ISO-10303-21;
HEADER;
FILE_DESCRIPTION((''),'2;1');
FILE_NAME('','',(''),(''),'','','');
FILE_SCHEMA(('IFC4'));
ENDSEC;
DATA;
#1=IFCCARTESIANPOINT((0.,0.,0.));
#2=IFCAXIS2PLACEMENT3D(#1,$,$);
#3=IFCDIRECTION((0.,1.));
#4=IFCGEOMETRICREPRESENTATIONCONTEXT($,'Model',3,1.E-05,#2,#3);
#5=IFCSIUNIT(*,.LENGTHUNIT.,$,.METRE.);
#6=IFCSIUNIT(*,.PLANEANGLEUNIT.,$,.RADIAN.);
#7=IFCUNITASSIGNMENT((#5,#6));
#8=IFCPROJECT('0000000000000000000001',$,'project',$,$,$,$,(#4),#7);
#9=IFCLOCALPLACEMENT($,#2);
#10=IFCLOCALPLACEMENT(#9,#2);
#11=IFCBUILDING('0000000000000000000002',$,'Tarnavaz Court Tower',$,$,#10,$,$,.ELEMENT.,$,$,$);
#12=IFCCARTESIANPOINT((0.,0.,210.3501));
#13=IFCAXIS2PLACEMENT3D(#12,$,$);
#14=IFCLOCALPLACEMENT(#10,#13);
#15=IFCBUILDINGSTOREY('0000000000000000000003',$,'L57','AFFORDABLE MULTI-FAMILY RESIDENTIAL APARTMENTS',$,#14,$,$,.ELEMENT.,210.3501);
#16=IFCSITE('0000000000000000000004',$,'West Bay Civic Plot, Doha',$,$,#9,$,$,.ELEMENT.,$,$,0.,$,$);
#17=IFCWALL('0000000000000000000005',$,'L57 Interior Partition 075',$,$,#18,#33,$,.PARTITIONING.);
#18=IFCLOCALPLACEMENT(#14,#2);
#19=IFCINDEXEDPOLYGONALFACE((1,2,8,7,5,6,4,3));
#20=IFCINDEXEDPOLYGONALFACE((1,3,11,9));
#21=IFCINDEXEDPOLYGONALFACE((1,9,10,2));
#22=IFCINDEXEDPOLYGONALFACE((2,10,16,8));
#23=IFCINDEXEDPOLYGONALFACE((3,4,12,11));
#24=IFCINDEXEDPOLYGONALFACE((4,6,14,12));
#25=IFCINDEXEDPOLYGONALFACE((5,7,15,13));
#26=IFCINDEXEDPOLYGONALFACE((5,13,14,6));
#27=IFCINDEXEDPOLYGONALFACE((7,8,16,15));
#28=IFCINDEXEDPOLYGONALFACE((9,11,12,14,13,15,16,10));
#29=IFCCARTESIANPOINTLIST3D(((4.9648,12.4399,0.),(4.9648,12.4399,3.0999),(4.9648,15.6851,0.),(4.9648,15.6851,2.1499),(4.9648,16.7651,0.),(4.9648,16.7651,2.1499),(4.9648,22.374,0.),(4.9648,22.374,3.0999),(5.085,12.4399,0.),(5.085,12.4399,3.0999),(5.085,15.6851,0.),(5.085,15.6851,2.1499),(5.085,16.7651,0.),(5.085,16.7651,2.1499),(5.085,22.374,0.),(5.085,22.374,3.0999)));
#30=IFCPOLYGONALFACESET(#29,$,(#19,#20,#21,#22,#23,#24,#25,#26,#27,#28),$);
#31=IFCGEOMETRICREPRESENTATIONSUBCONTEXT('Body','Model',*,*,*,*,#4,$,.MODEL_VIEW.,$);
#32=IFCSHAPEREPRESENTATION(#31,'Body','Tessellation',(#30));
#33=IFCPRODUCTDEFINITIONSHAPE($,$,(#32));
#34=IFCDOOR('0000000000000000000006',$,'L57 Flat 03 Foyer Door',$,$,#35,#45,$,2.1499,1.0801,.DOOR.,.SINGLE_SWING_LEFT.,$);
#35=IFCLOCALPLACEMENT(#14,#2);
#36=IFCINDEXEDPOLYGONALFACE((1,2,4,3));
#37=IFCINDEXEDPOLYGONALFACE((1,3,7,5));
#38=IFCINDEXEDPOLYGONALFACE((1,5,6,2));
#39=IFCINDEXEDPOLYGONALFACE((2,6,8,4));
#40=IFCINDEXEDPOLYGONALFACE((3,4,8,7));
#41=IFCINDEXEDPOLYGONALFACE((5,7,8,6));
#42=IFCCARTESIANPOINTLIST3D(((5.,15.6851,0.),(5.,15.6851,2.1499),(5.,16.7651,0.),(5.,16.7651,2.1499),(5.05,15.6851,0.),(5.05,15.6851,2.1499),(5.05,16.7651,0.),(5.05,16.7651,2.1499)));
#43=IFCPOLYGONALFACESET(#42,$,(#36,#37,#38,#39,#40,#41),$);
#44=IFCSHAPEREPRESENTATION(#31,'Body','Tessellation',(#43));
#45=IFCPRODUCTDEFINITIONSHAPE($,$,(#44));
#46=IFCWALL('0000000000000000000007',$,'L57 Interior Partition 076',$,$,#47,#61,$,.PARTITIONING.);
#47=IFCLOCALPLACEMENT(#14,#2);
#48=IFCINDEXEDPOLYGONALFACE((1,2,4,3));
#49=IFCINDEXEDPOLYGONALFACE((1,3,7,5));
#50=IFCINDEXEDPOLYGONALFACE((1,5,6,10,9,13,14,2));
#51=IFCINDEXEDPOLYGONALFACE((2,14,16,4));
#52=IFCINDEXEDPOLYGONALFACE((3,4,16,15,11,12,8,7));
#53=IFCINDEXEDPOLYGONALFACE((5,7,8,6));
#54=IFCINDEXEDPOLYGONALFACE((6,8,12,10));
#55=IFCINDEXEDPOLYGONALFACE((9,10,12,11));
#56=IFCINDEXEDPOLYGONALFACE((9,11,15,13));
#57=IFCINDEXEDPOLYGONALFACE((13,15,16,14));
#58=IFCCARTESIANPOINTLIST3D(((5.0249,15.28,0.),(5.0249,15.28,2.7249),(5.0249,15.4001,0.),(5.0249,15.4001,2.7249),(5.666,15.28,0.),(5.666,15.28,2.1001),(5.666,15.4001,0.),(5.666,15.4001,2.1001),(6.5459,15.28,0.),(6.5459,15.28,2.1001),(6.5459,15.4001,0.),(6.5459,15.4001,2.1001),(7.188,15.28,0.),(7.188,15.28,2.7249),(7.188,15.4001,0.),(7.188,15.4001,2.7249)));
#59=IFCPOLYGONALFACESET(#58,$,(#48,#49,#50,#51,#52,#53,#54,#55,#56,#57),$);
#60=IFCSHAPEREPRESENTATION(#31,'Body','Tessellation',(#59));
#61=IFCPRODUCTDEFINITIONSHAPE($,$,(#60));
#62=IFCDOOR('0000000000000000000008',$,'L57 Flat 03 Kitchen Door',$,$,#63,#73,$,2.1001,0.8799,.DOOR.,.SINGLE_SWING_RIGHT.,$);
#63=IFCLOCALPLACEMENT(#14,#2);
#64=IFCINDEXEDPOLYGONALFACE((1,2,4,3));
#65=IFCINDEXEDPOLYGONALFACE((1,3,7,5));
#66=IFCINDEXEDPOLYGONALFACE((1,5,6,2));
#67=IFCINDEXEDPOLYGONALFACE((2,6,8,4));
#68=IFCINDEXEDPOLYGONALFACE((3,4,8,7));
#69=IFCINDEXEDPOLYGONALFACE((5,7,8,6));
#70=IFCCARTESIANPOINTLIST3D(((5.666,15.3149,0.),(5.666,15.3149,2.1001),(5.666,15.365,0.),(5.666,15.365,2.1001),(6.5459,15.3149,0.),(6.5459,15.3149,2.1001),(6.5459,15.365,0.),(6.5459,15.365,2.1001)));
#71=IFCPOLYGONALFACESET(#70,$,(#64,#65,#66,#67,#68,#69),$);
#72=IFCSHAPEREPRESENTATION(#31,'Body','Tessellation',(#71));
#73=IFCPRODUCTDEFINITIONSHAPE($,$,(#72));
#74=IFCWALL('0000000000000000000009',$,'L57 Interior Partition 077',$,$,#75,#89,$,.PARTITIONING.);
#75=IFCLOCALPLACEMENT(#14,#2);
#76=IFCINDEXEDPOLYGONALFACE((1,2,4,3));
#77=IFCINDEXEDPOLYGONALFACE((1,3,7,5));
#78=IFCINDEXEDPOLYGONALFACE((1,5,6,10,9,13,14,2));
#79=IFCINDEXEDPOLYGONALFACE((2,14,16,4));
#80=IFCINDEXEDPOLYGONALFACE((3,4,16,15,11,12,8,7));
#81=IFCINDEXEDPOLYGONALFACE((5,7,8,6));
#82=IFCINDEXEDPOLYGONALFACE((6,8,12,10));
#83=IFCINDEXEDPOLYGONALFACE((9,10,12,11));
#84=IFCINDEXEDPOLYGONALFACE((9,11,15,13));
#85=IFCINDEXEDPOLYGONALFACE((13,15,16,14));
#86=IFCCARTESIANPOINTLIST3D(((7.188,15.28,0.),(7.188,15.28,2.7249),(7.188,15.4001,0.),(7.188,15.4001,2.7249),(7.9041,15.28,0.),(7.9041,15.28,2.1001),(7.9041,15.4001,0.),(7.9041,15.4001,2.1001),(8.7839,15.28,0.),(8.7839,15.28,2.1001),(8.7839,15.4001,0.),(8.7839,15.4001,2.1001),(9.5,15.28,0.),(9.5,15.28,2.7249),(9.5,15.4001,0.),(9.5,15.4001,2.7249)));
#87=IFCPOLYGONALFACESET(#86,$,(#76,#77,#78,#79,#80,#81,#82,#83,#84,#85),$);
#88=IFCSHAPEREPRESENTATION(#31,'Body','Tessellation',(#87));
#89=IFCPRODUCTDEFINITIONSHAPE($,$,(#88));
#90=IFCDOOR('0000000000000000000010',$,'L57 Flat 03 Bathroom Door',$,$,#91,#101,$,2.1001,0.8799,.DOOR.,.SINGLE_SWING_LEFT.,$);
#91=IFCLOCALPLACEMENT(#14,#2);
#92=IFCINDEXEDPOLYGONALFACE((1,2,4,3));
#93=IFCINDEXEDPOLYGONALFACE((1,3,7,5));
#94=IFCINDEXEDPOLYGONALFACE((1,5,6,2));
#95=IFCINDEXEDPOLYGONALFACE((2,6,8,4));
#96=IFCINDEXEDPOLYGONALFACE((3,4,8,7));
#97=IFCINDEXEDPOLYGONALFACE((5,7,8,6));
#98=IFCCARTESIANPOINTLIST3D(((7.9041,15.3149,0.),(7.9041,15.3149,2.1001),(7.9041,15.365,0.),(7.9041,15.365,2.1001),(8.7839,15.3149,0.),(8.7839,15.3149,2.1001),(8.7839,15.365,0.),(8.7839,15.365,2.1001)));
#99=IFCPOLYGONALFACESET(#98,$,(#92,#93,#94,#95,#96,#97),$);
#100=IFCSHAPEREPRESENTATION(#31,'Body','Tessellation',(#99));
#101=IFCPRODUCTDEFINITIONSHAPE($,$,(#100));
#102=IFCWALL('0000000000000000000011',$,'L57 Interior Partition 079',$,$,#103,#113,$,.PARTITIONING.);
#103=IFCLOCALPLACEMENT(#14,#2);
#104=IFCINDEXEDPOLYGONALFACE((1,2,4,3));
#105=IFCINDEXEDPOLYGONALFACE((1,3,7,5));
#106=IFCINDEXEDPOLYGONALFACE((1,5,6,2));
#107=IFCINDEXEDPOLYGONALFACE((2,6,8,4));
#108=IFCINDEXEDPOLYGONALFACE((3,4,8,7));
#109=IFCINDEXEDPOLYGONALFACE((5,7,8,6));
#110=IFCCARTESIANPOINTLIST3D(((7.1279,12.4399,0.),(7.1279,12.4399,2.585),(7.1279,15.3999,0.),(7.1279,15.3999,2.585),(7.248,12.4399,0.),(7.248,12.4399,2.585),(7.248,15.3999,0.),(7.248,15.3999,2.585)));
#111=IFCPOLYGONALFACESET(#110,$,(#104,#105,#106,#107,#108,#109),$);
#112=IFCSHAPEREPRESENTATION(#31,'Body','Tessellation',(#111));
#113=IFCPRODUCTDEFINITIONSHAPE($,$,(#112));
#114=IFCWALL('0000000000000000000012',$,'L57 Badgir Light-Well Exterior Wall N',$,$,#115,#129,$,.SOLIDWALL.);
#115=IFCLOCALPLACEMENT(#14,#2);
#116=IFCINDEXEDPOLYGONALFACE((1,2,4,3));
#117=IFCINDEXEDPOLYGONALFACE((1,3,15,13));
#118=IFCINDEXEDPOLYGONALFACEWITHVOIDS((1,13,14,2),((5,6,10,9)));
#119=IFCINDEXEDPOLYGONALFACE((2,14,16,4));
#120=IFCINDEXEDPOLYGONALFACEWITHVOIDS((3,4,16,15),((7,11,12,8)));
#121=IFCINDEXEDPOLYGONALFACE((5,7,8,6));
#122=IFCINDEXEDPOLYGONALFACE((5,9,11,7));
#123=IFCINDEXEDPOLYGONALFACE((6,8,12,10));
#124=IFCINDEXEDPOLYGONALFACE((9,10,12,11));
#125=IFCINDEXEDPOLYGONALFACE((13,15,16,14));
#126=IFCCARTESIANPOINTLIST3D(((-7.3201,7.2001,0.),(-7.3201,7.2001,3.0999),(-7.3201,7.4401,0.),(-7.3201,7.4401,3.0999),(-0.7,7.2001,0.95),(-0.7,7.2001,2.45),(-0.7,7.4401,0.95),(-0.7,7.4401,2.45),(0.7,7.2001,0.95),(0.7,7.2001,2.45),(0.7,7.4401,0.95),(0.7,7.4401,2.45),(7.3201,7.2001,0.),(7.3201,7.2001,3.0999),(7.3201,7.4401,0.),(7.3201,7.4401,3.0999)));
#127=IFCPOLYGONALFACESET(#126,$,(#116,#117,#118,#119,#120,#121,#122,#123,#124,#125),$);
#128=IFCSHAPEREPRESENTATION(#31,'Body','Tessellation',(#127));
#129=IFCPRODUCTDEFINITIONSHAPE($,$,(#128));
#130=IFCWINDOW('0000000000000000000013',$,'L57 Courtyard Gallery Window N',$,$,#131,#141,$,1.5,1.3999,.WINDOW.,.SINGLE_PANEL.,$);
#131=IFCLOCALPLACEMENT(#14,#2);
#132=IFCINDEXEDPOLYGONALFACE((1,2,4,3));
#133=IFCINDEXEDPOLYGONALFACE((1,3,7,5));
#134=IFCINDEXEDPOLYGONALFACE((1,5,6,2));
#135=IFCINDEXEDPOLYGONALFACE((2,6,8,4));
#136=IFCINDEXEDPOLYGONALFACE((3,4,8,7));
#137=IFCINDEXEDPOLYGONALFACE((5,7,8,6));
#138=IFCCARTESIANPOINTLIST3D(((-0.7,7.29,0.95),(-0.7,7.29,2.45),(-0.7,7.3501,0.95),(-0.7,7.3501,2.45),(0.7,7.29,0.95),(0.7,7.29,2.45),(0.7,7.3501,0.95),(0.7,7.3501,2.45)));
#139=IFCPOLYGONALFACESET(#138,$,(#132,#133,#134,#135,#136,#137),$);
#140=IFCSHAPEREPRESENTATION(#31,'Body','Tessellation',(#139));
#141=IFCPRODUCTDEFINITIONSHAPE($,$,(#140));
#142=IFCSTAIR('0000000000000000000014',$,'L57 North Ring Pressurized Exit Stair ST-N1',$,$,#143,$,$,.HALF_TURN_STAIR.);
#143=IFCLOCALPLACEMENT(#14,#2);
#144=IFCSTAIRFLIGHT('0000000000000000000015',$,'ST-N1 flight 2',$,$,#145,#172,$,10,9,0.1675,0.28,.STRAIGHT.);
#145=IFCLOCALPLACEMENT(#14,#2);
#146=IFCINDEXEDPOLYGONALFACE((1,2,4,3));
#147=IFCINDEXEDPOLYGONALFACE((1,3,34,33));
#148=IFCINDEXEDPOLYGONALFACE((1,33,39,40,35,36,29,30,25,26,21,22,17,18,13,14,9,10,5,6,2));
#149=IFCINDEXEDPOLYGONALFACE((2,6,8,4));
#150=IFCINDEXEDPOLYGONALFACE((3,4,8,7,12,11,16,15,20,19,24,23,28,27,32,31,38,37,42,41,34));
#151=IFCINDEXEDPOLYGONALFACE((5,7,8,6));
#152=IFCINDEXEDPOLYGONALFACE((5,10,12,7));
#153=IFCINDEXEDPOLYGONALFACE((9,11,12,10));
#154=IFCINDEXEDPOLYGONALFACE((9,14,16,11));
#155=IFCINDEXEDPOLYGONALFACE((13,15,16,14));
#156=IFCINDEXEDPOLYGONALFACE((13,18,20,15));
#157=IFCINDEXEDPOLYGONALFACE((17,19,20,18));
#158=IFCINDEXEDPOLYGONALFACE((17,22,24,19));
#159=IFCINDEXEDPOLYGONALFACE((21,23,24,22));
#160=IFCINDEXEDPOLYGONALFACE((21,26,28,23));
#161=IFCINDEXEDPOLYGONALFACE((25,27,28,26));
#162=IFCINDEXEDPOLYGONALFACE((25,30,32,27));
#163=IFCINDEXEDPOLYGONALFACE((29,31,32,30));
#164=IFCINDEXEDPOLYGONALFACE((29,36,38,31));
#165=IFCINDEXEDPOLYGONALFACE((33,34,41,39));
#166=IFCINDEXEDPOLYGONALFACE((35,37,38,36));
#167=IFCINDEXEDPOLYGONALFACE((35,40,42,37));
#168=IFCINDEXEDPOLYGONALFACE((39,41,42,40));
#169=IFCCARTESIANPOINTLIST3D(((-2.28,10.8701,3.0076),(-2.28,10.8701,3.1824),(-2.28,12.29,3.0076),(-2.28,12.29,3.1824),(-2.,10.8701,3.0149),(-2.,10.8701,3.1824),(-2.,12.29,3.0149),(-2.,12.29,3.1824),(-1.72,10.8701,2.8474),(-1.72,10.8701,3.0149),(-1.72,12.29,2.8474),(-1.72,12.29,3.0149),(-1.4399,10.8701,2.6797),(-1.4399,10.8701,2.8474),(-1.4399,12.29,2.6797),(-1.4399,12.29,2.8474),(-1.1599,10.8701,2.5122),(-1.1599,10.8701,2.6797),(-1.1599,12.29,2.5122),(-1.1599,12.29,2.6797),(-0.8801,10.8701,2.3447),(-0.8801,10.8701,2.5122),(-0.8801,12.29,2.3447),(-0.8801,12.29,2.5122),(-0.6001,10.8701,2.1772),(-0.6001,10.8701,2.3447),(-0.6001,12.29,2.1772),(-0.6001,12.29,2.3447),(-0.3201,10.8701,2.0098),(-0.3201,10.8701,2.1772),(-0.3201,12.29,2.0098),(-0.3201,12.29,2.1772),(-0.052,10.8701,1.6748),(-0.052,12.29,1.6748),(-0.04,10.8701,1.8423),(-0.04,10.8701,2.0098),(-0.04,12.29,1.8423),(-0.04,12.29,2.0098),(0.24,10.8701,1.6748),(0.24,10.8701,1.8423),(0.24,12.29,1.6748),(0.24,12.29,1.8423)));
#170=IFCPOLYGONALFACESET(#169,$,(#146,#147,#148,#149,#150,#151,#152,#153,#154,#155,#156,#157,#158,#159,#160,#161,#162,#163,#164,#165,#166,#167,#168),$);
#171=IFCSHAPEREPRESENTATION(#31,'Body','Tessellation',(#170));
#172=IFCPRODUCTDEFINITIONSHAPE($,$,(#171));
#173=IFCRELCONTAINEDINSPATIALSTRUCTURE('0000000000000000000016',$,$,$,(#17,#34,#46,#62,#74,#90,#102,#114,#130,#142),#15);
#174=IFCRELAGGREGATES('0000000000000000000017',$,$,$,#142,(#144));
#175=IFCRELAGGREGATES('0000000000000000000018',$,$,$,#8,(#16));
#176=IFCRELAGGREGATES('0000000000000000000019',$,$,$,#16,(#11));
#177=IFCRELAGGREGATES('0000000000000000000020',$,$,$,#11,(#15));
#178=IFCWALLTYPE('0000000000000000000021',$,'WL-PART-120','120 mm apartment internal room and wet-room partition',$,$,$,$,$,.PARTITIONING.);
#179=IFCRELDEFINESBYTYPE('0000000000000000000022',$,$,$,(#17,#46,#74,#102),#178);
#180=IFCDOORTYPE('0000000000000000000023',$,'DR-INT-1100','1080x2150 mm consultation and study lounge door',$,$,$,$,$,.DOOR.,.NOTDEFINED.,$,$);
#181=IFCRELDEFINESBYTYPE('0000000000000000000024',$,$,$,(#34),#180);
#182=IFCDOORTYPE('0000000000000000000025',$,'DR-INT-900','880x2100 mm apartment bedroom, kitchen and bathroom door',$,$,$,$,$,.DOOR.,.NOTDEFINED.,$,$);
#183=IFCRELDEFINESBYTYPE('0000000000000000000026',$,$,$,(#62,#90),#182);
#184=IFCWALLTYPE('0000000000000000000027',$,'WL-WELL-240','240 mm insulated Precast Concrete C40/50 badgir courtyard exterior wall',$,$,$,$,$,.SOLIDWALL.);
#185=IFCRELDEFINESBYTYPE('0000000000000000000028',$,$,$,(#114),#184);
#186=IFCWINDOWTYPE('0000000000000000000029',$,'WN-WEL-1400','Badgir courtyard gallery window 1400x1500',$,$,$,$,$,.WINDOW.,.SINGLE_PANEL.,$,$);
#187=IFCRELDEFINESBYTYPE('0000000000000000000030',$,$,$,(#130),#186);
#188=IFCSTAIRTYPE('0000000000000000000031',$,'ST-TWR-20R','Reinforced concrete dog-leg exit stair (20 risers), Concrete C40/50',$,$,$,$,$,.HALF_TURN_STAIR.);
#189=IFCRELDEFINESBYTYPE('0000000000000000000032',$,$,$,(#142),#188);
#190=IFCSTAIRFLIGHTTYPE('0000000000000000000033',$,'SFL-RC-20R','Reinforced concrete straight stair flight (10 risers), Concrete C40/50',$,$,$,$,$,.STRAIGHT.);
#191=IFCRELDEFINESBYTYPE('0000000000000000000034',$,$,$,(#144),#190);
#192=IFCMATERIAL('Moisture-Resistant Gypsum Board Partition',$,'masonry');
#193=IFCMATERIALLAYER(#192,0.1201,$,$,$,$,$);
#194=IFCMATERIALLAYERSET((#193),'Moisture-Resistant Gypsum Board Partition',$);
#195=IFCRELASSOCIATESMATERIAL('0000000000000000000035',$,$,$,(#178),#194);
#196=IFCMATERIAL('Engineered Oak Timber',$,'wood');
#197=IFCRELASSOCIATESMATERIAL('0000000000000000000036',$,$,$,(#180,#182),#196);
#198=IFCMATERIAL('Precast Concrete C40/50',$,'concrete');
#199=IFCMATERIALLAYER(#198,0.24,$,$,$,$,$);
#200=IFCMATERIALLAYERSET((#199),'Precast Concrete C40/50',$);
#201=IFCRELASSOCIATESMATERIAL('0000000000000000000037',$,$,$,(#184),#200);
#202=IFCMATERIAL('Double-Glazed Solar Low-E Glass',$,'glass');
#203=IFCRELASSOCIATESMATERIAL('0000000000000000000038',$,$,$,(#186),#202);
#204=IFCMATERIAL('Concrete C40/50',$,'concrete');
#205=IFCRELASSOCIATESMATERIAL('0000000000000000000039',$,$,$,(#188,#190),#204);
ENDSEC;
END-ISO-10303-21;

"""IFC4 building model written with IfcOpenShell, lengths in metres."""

from ifc_helpers import new_model, si_unit, direction, frame, frame_2d, origin, place, context, subcontext, project, spatial, polyline, rectangle, outline, extrude, material, layer, layer_set, type_object, element, fill, aggregate, save


model = new_model("IFC4")

# Units and contexts
model_context = context("Model", 3, precision=1e-05, world=origin(), true_north=direction((0.0, 1.0)))
body_context = subcontext(model_context, "Body", "Model", "MODEL_VIEW")
ifc_project = project(units=[si_unit("LENGTHUNIT", "METRE"), si_unit("PLANEANGLEUNIT", "RADIAN")], contexts=[model_context])

# Site, building, storey
site_placement = place(None, origin())
site = spatial("IfcSite", under=ifc_project, at=site_placement, Name="West Bay Civic Plot, Doha", CompositionType="ELEMENT", RefElevation=0.0)
building_placement = place(site_placement, origin())
building = spatial("IfcBuilding", under=site, at=building_placement, Name="Tarnavaz Court Tower", CompositionType="ELEMENT")
storey_placement = place(building_placement, frame((0.0, 0.0, 210.3501)))
storey = spatial("IfcBuildingStorey", under=building, at=storey_placement, Name="L57", Description="AFFORDABLE MULTI-FAMILY RESIDENTIAL APARTMENTS", CompositionType="ELEMENT", Elevation=210.3501)

# Walls, openings, doors
ifc_material_1 = material(Name="Moisture-Resistant Gypsum Board Partition", Category="masonry")
ifc_layer_1 = layer(ifc_material_1, 0.1201)
ifc_layer_set_1 = layer_set([ifc_layer_1], Name="Moisture-Resistant Gypsum Board Partition")
wall_type_1 = type_object("IfcWallType", Name="WL-PART-120", Description="120 mm apartment internal room and wet-room partition", PredefinedType="PARTITIONING", material=ifc_layer_set_1)
wall_1_placement = place(storey_placement, frame((5.0249, 12.4399, 0.0), z_axis=(0.0, 0.0, 1.0), x_axis=(0.0, 1.0, 0.0)))
wall_1 = element("IfcWall", 1, at=wall_1_placement, inside=storey, type_object=wall_type_1, Name="L57 Interior Partition 075", PredefinedType="PARTITIONING", context=body_context, shape_type="SweptSolid", body=[
    extrude(rectangle(XDim=9.9341, YDim=0.1201, at=frame_2d((4.967, 0.0))), origin(), (0.0, 0.0, 1.0), 3.0999),
])
opening_1_placement = place(wall_1_placement, frame((3.2451, 0.0, 0.0)))
opening_1 = element("IfcOpeningElement", 2, at=opening_1_placement, cuts=wall_1, PredefinedType="OPENING", context=body_context, shape_type="SweptSolid", body=[
    extrude(rectangle(XDim=1.0801, YDim=2.1499, at=frame_2d((0.54, 1.075))), frame((0.0, 0.0701, 0.0), z_axis=(0.0, -1.0, 0.0), x_axis=(1.0, 0.0, 0.0)), (0.0, 0.0, 1.0), 0.1401),
])
ifc_material_2 = material(Name="Engineered Oak Timber", Category="wood")
door_type_1 = type_object("IfcDoorType", Name="DR-INT-1100", Description="1080x2150 mm consultation and study lounge door", OperationType="NOTDEFINED", PredefinedType="DOOR", material=ifc_material_2)
door_1_placement = place(opening_1_placement, origin())
door_1 = element("IfcDoor", 3, at=door_1_placement, inside=storey, type_object=door_type_1, Name="L57 Flat 03 Foyer Door", OperationType="SINGLE_SWING_LEFT", OverallHeight=2.1499, OverallWidth=1.0801, PredefinedType="DOOR", context=body_context, shape_type="SweptSolid", body=[
    extrude(rectangle(XDim=1.0801, YDim=2.1499, at=frame_2d((0.54, 1.075))), frame((0.0, 0.0249, 0.0), z_axis=(0.0, -1.0, 0.0), x_axis=(1.0, 0.0, 0.0)), (0.0, 0.0, 1.0), 0.05),
])
fill(opening_1, door_1)
wall_2_placement = place(storey_placement, frame((5.0249, 15.3401, 0.0), z_axis=(0.0, 0.0, 1.0), x_axis=(1.0, 0.0, 0.0)))
wall_2 = element("IfcWall", 4, at=wall_2_placement, inside=storey, type_object=wall_type_1, Name="L57 Interior Partition 076", PredefinedType="PARTITIONING", context=body_context, shape_type="SweptSolid", body=[
    extrude(rectangle(XDim=2.1631, YDim=0.1201, at=frame_2d((1.0815, 0.0))), origin(), (0.0, 0.0, 1.0), 2.7249),
])
opening_2_placement = place(wall_2_placement, frame((0.6411, 0.0, 0.0)))
opening_2 = element("IfcOpeningElement", 5, at=opening_2_placement, cuts=wall_2, PredefinedType="OPENING", context=body_context, shape_type="SweptSolid", body=[
    extrude(rectangle(XDim=0.8799, YDim=2.1001, at=frame_2d((0.4399, 1.05))), frame((0.0, 0.0701, 0.0), z_axis=(0.0, -1.0, 0.0), x_axis=(1.0, 0.0, 0.0)), (0.0, 0.0, 1.0), 0.1401),
])
door_type_2 = type_object("IfcDoorType", Name="DR-INT-900", Description="880x2100 mm apartment bedroom, kitchen and bathroom door", OperationType="NOTDEFINED", PredefinedType="DOOR", material=ifc_material_2)
door_2_placement = place(opening_2_placement, origin())
door_2 = element("IfcDoor", 6, at=door_2_placement, inside=storey, type_object=door_type_2, Name="L57 Flat 03 Kitchen Door", OperationType="SINGLE_SWING_RIGHT", OverallHeight=2.1001, OverallWidth=0.8799, PredefinedType="DOOR", context=body_context, shape_type="SweptSolid", body=[
    extrude(rectangle(XDim=0.8799, YDim=2.1001, at=frame_2d((0.4399, 1.05))), frame((0.0, 0.0249, 0.0), z_axis=(0.0, -1.0, 0.0), x_axis=(1.0, 0.0, 0.0)), (0.0, 0.0, 1.0), 0.05),
])
fill(opening_2, door_2)
wall_3_placement = place(storey_placement, frame((7.188, 15.3401, 0.0), z_axis=(0.0, 0.0, 1.0), x_axis=(1.0, 0.0, 0.0)))
wall_3 = element("IfcWall", 7, at=wall_3_placement, inside=storey, type_object=wall_type_1, Name="L57 Interior Partition 077", PredefinedType="PARTITIONING", context=body_context, shape_type="SweptSolid", body=[
    extrude(rectangle(XDim=2.312, YDim=0.1201, at=frame_2d((1.156, 0.0))), origin(), (0.0, 0.0, 1.0), 2.7249),
])
opening_3_placement = place(wall_3_placement, frame((0.7161, 0.0, 0.0)))
opening_3 = element("IfcOpeningElement", 8, at=opening_3_placement, cuts=wall_3, PredefinedType="OPENING", context=body_context, shape_type="SweptSolid", body=[
    extrude(rectangle(XDim=0.8799, YDim=2.1001, at=frame_2d((0.4399, 1.05))), frame((0.0, 0.0701, 0.0), z_axis=(0.0, -1.0, 0.0), x_axis=(1.0, 0.0, 0.0)), (0.0, 0.0, 1.0), 0.1401),
])
door_3_placement = place(opening_3_placement, origin())
door_3 = element("IfcDoor", 9, at=door_3_placement, inside=storey, type_object=door_type_2, Name="L57 Flat 03 Bathroom Door", OperationType="SINGLE_SWING_LEFT", OverallHeight=2.1001, OverallWidth=0.8799, PredefinedType="DOOR", context=body_context, shape_type="SweptSolid", body=[
    extrude(rectangle(XDim=0.8799, YDim=2.1001, at=frame_2d((0.4399, 1.05))), frame((0.0, 0.0249, 0.0), z_axis=(0.0, -1.0, 0.0), x_axis=(1.0, 0.0, 0.0)), (0.0, 0.0, 1.0), 0.05),
])
fill(opening_3, door_3)

# Wall
wall_4_placement = place(storey_placement, frame((7.188, 12.4399, 0.0), z_axis=(0.0, 0.0, 1.0), x_axis=(0.0, 1.0, 0.0)))
element("IfcWall", 10, at=wall_4_placement, inside=storey, type_object=wall_type_1, Name="L57 Interior Partition 079", PredefinedType="PARTITIONING", context=body_context, shape_type="SweptSolid", body=[
    extrude(rectangle(XDim=2.96, YDim=0.1201, at=frame_2d((1.48, 0.0))), origin(), (0.0, 0.0, 1.0), 2.585),
])

# Wall, opening, window
ifc_material_3 = material(Name="Precast Concrete C40/50", Category="concrete")
ifc_layer_2 = layer(ifc_material_3, 0.24)
ifc_layer_set_2 = layer_set([ifc_layer_2], Name="Precast Concrete C40/50")
wall_type_2 = type_object("IfcWallType", Name="WL-WELL-240", Description="240 mm insulated Precast Concrete C40/50 badgir courtyard exterior wall", PredefinedType="SOLIDWALL", material=ifc_layer_set_2)
wall_5_placement = place(storey_placement, frame((7.3201, 7.3201, 0.0), z_axis=(0.0, 0.0, 1.0), x_axis=(-1.0, 0.0, 0.0)))
wall_5 = element("IfcWall", 11, at=wall_5_placement, inside=storey, type_object=wall_type_2, Name="L57 Badgir Light-Well Exterior Wall N", PredefinedType="SOLIDWALL", context=body_context, shape_type="SweptSolid", body=[
    extrude(rectangle(XDim=14.6401, YDim=0.24, at=frame_2d((7.3201, 0.0))), origin(), (0.0, 0.0, 1.0), 3.0999),
])
opening_4_placement = place(wall_5_placement, frame((6.6201, 0.0, 0.95)))
opening_4 = element("IfcOpeningElement", 12, at=opening_4_placement, cuts=wall_5, PredefinedType="OPENING", context=body_context, shape_type="SweptSolid", body=[
    extrude(rectangle(XDim=1.3999, YDim=1.5, at=frame_2d((0.7, 0.75))), frame((0.0, 0.1299, 0.0), z_axis=(0.0, -1.0, 0.0), x_axis=(1.0, 0.0, 0.0)), (0.0, 0.0, 1.0), 0.26),
])
ifc_material_4 = material(Name="Double-Glazed Solar Low-E Glass", Category="glass")
window_type = type_object("IfcWindowType", Name="WN-WEL-1400", Description="Badgir courtyard gallery window 1400x1500", PartitioningType="SINGLE_PANEL", PredefinedType="WINDOW", material=ifc_material_4)
window_placement = place(opening_4_placement, origin())
window = element("IfcWindow", 13, at=window_placement, inside=storey, type_object=window_type, Name="L57 Courtyard Gallery Window N", OverallHeight=1.5, OverallWidth=1.3999, PartitioningType="SINGLE_PANEL", PredefinedType="WINDOW", context=body_context, shape_type="SweptSolid", body=[
    extrude(rectangle(XDim=1.3999, YDim=1.5, at=frame_2d((0.7, 0.75))), frame((0.0, 0.03, 0.0), z_axis=(0.0, -1.0, 0.0), x_axis=(1.0, 0.0, 0.0)), (0.0, 0.0, 1.0), 0.0601),
])
fill(opening_4, window)

# Stair, stair flight
ifc_material_5 = material(Name="Concrete C40/50", Category="concrete")
stair_type = type_object("IfcStairType", Name="ST-TWR-20R", Description="Reinforced concrete dog-leg exit stair (20 risers), Concrete C40/50", PredefinedType="HALF_TURN_STAIR", material=ifc_material_5)
stair_placement = place(storey_placement, origin())
stair = element("IfcStair", 14, at=stair_placement, inside=storey, type_object=stair_type, Name="L57 North Ring Pressurized Exit Stair ST-N1", PredefinedType="HALF_TURN_STAIR")
stair_flight_type = type_object("IfcStairFlightType", Name="SFL-RC-20R", Description="Reinforced concrete straight stair flight (10 risers), Concrete C40/50", PredefinedType="STRAIGHT", material=ifc_material_5)
stair_flight_placement = place(storey_placement, frame((0.24, 11.5801, 1.6748), z_axis=(0.0, 0.0, 1.0), x_axis=(-1.0, 0.0, 0.0)))
stair_flight = element("IfcStairFlight", 15, at=stair_flight_placement, type_object=stair_flight_type, Name="ST-N1 flight 2", NumberOfRisers=10, NumberOfTreads=9, PredefinedType="STRAIGHT", RiserHeight=0.1675, TreadLength=0.28, context=body_context, shape_type="SweptSolid", body=[
    extrude(outline(polyline([(0.0, 0.0), (0.0, 0.1675), (0.28, 0.1675), (0.28, 0.335), (0.5601, 0.335), (0.5601, 0.5024), (0.8401, 0.5024), (0.8401, 0.6699), (1.1201, 0.6699), (1.1201, 0.8374), (1.3999, 0.8374), (1.3999, 1.0049), (1.6799, 1.0049), (1.6799, 1.1726), (1.96, 1.1726), (1.96, 1.3401), (2.24, 1.3401), (2.24, 1.5076), (2.52, 1.5076), (2.52, 1.675), (2.52, 1.3328), (0.292, 0.0), (0.0, 0.0)])), frame((0.0, 0.71, 0.0), z_axis=(0.0, -1.0, 0.0), x_axis=(1.0, 0.0, 0.0)), (0.0, 0.0, 1.0), 1.4199),
])
aggregate(stair, [stair_flight])

save(model, "model.ifc")
